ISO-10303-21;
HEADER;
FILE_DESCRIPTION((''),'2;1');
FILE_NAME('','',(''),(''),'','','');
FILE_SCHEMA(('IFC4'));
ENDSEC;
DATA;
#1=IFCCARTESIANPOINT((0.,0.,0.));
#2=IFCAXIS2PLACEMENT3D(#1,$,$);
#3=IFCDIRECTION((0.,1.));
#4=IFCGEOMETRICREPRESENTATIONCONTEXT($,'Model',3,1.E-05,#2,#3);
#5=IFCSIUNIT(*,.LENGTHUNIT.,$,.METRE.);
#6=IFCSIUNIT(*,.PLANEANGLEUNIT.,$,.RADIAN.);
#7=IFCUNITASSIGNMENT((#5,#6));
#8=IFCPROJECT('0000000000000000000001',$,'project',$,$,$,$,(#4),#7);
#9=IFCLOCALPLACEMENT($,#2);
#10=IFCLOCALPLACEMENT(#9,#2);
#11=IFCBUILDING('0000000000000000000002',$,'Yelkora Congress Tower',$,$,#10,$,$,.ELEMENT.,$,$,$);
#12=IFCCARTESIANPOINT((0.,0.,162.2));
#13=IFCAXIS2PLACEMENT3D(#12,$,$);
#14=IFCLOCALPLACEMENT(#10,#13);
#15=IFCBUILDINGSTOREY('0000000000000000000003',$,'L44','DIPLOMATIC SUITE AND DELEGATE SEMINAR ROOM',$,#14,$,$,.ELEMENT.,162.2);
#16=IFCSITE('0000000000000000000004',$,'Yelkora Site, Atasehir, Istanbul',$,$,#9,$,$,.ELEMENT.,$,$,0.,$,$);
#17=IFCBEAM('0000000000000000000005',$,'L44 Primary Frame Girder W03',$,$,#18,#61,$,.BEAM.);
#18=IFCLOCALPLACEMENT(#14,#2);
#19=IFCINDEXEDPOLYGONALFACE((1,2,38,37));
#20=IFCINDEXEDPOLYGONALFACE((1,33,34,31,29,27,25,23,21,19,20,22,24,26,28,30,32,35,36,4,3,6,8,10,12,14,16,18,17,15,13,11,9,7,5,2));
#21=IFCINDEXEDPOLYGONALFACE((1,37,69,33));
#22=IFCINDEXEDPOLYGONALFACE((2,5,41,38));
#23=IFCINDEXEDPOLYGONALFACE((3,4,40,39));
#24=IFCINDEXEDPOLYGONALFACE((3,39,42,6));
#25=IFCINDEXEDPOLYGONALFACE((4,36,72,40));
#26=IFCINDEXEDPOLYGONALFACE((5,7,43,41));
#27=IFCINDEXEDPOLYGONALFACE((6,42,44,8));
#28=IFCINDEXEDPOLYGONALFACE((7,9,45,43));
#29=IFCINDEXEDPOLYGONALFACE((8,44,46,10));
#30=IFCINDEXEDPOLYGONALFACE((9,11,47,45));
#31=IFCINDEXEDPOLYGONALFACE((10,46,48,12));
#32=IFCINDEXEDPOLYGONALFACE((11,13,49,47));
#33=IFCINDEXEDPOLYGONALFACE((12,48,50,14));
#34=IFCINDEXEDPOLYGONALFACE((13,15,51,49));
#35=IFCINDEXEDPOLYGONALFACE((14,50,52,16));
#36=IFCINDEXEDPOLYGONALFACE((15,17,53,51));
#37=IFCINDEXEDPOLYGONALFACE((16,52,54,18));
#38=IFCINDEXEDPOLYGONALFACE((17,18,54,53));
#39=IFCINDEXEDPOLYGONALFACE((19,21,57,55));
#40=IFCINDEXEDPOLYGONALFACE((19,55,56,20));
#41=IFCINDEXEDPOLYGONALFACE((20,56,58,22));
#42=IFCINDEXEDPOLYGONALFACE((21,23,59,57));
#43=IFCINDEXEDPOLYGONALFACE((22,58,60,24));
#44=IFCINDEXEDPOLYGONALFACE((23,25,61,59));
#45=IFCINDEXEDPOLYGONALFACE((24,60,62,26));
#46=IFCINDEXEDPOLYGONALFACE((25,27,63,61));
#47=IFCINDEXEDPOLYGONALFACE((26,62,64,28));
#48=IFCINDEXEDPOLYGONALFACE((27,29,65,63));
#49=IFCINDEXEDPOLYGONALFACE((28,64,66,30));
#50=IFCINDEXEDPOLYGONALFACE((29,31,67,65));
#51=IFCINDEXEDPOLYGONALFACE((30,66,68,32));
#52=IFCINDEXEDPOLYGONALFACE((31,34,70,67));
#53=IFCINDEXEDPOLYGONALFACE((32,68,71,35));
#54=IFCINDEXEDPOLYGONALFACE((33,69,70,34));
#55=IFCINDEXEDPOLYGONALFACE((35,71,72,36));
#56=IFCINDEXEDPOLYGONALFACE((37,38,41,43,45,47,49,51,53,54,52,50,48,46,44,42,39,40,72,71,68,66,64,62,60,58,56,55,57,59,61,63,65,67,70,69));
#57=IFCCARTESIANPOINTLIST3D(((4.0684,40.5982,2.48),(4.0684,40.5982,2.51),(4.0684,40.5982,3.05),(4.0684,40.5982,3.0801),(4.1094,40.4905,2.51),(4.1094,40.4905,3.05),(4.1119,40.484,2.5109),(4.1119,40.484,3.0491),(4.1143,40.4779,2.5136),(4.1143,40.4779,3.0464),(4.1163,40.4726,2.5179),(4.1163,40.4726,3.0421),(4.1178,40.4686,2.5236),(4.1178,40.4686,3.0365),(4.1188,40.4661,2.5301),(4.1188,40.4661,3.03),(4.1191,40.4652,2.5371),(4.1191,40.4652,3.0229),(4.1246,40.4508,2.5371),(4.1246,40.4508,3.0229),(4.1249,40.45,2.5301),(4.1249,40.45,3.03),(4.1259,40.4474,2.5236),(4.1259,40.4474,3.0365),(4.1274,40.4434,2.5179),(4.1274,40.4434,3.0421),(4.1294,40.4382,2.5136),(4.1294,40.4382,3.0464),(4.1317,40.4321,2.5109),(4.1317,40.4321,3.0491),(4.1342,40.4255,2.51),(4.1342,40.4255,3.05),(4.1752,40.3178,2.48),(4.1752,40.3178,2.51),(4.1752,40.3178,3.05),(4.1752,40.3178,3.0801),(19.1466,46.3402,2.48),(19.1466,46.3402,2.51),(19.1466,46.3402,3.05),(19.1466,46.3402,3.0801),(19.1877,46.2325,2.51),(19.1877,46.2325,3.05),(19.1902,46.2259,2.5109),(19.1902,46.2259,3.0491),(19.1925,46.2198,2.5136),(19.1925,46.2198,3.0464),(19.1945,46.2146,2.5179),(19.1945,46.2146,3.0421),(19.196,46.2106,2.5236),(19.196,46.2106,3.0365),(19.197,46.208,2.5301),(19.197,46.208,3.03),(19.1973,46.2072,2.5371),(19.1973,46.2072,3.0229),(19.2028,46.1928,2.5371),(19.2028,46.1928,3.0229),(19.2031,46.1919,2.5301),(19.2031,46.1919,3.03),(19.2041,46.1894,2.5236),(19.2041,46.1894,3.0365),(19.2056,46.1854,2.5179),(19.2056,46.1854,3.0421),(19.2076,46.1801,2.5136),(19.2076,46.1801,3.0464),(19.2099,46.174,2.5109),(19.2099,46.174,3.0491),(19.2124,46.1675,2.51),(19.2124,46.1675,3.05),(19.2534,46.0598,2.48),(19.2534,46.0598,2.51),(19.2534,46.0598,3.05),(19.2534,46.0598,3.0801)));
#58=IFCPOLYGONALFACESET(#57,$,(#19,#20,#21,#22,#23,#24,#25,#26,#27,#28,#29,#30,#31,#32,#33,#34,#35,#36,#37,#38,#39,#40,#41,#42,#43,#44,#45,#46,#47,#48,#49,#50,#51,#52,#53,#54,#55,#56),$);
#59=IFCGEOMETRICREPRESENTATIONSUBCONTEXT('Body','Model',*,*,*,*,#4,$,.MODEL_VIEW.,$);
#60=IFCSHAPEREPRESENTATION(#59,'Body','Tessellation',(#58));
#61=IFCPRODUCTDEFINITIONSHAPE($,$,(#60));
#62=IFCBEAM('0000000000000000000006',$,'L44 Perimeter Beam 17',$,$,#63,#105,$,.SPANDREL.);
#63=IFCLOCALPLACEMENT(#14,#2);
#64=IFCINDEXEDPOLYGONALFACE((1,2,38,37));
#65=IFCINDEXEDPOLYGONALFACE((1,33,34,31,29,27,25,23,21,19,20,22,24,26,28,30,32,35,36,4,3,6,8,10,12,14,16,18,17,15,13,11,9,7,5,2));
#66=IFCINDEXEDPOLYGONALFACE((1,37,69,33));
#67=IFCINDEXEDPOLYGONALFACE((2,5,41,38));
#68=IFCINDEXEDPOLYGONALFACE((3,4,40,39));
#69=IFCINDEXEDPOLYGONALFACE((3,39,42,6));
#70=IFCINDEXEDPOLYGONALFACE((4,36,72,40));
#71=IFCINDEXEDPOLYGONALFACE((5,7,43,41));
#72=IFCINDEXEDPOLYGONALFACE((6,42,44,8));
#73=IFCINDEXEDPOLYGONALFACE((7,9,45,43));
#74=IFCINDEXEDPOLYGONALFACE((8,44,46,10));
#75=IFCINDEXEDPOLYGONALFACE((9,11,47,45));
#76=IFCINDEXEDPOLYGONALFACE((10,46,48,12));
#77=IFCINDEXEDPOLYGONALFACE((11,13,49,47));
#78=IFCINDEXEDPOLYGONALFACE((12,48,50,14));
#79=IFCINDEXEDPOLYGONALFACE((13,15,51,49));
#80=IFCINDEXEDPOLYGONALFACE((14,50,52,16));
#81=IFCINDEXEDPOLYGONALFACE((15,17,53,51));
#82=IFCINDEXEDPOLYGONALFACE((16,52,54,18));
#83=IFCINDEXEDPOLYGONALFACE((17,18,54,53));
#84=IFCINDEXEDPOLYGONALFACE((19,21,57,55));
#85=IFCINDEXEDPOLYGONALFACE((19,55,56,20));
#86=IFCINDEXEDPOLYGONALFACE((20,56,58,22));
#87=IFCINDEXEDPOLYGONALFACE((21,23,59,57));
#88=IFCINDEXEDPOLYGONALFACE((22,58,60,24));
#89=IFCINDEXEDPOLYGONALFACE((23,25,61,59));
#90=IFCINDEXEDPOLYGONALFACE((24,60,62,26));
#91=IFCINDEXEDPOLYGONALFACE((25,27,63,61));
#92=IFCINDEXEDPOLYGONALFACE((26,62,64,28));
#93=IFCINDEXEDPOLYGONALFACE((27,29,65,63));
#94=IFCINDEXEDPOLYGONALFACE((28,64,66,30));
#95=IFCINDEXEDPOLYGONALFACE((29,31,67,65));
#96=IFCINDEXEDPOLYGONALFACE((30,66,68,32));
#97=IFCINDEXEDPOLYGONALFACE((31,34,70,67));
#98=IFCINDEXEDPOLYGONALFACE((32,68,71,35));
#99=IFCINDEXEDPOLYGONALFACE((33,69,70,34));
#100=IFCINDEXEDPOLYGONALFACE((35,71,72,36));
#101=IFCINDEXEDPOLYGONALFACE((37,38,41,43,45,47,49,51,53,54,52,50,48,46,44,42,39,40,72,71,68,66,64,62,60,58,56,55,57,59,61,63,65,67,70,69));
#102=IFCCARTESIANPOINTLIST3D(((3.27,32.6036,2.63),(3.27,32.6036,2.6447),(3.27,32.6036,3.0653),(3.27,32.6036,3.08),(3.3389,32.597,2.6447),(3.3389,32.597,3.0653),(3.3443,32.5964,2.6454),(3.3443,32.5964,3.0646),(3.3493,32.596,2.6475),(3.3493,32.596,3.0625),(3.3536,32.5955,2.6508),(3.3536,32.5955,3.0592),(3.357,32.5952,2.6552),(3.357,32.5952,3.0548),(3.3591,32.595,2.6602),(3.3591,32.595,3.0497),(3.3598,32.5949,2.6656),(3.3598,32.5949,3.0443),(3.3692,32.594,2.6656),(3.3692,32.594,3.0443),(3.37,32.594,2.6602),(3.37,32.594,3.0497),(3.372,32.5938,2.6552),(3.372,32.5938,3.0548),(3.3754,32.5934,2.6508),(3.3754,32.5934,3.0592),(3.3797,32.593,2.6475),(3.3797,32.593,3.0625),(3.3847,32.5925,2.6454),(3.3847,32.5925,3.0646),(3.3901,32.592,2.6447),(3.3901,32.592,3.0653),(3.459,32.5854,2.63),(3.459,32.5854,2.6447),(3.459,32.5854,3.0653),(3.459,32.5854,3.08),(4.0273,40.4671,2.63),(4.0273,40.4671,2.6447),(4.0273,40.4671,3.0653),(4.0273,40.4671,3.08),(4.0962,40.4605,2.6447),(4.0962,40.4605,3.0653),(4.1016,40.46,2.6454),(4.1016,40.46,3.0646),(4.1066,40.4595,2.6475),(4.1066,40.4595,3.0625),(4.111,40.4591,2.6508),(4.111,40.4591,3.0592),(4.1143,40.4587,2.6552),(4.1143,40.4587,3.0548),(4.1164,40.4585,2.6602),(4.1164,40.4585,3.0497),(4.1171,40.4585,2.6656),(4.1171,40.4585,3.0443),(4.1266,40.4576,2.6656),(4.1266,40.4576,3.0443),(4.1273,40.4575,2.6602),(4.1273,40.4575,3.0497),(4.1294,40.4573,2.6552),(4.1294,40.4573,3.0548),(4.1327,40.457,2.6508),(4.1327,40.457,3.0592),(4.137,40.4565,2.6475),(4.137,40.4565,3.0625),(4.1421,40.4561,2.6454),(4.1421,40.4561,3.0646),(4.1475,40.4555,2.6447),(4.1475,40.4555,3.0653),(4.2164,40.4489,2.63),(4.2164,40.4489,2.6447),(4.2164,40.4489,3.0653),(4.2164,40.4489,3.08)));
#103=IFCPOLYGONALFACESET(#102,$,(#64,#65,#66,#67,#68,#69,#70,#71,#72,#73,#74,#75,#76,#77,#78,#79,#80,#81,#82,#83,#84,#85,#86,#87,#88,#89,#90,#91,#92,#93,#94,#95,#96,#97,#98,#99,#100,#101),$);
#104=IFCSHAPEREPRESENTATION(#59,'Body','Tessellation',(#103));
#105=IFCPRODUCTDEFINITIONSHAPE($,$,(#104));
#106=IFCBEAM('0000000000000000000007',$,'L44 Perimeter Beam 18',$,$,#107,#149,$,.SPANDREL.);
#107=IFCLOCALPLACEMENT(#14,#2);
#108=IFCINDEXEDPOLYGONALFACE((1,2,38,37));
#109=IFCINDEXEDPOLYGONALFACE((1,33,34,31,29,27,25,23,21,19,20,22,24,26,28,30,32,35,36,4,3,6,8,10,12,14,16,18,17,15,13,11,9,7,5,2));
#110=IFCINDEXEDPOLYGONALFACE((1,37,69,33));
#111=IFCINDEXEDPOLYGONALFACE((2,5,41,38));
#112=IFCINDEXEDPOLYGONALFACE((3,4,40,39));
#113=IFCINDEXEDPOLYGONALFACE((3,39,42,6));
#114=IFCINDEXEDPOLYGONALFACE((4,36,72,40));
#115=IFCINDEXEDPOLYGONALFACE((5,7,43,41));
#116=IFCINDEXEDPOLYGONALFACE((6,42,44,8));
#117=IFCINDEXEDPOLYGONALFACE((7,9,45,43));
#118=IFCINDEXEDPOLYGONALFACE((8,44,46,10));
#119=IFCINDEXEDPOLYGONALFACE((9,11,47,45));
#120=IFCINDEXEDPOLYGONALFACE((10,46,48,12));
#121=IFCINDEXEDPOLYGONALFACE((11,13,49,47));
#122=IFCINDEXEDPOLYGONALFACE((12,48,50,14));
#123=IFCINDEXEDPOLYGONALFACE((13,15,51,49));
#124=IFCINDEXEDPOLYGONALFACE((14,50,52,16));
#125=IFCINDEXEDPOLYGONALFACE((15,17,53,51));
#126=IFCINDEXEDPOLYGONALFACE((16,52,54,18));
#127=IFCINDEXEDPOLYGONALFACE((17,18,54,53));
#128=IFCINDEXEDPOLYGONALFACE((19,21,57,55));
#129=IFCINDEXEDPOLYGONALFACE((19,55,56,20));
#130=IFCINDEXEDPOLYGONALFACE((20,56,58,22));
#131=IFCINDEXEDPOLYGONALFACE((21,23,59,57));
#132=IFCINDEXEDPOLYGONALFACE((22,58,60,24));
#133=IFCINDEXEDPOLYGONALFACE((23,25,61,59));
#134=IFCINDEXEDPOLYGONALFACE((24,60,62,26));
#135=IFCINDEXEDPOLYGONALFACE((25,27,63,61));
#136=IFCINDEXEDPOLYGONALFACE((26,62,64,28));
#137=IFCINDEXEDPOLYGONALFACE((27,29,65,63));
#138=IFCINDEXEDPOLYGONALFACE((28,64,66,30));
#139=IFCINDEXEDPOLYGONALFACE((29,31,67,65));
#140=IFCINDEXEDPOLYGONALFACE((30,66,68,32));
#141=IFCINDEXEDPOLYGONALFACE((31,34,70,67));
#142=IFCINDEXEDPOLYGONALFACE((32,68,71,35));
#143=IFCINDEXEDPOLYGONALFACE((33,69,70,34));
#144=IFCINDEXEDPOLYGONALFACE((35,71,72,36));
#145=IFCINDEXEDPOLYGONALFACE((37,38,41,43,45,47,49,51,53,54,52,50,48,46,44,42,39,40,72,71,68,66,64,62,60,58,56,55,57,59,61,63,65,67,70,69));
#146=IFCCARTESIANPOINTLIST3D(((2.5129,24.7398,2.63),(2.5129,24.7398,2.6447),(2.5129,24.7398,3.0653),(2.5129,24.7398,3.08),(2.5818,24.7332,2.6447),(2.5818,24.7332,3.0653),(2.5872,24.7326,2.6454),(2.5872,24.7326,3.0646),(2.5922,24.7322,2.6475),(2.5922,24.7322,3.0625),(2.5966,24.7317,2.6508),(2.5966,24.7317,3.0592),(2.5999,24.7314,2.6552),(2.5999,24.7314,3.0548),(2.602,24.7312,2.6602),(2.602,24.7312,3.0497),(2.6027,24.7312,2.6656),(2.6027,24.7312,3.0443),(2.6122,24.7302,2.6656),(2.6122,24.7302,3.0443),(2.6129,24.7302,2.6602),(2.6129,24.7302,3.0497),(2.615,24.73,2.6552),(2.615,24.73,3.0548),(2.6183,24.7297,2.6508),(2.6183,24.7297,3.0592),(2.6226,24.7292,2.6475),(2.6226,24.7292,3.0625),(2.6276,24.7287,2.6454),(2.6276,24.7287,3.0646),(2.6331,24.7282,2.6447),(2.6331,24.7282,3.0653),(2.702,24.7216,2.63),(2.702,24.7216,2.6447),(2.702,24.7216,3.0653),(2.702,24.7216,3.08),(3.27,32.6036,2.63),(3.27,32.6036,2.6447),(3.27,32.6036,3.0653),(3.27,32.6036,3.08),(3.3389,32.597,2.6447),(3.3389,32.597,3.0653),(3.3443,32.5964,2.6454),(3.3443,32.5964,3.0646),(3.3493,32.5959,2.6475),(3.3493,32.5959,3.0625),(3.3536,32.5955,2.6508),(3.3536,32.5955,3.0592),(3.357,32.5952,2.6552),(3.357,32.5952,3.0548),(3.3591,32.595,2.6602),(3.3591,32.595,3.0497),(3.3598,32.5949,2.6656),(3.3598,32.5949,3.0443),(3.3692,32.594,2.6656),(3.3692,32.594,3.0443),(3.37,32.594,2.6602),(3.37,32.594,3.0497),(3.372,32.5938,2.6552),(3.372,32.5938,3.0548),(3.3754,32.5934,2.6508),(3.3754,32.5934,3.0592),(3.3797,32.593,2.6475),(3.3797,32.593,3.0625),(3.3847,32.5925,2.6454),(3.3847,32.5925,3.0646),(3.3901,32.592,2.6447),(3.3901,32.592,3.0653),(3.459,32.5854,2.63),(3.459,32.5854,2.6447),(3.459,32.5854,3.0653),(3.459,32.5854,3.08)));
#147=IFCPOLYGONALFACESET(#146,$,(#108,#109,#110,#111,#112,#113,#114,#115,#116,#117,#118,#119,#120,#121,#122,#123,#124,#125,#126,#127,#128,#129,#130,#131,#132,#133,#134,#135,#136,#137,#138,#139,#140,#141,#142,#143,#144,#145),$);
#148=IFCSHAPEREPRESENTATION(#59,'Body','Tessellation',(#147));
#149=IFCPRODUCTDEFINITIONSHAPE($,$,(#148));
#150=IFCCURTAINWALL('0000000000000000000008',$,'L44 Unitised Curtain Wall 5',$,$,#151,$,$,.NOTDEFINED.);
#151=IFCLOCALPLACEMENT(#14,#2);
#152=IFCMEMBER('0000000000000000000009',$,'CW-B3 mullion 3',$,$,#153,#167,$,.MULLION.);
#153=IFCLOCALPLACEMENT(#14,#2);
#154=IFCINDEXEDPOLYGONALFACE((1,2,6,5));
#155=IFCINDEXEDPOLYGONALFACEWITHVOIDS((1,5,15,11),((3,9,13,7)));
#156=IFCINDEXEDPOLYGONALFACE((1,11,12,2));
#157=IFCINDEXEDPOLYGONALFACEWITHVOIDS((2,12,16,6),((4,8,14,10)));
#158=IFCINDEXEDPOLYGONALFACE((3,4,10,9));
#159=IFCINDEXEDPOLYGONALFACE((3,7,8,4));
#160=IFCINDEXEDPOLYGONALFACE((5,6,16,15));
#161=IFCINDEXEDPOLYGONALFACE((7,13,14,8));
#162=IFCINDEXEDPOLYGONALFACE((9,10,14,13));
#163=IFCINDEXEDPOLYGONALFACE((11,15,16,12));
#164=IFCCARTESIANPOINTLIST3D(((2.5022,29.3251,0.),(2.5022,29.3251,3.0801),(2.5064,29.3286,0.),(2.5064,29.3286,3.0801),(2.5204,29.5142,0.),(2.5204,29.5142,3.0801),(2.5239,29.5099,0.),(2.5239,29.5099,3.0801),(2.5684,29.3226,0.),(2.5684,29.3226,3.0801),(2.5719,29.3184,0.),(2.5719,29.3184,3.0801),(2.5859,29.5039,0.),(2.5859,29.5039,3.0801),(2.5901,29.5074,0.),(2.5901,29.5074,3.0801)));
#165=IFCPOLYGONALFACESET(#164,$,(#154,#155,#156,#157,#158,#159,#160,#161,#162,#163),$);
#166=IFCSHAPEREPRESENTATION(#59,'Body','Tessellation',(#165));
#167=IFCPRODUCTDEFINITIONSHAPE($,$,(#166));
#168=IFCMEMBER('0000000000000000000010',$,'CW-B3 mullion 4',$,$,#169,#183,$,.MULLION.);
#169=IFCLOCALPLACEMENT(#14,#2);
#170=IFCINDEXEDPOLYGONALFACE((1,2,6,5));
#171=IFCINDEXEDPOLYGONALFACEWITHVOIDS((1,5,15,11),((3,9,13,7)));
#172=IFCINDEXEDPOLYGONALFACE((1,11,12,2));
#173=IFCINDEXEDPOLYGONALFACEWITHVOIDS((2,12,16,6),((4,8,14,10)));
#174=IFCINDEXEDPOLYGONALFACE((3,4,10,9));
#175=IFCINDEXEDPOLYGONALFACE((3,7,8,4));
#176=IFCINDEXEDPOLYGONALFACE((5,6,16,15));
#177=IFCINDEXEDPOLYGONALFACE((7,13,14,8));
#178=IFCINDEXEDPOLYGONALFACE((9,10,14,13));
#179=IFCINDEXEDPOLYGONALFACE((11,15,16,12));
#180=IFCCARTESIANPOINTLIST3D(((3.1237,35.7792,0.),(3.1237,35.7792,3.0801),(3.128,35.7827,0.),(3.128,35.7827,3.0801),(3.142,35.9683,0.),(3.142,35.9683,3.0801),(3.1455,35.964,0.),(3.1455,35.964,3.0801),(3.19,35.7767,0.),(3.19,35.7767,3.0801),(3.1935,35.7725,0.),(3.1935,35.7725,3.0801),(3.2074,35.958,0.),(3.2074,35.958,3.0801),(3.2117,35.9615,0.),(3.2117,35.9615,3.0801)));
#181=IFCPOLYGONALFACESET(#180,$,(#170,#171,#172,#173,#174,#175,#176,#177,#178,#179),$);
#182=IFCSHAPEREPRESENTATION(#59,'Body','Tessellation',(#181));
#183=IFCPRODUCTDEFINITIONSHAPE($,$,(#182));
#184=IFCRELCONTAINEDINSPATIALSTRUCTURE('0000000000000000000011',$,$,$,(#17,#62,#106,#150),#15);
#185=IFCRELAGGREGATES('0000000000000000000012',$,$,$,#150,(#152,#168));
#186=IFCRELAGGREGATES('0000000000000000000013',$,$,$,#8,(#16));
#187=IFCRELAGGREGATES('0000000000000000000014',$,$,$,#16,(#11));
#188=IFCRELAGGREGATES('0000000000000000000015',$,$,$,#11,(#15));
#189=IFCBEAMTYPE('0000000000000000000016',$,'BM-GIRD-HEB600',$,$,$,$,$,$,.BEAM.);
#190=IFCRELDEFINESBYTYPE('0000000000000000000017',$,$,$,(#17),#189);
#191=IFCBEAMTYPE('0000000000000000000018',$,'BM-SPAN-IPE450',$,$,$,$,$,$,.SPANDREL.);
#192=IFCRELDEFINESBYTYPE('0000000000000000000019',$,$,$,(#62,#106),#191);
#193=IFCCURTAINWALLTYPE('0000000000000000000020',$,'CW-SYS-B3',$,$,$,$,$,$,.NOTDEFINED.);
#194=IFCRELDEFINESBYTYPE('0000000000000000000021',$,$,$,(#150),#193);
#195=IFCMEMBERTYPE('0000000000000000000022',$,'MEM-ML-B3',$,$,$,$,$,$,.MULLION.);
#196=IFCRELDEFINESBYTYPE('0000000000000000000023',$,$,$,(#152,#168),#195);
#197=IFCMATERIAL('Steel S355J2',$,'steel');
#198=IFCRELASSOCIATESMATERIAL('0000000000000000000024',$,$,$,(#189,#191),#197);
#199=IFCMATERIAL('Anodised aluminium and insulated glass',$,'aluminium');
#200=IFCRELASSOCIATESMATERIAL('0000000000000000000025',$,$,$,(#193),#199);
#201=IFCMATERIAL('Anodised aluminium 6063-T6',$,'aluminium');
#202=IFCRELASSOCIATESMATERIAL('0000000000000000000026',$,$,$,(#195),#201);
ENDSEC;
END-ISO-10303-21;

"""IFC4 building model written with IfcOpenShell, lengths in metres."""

from ifc_helpers import new_model, si_unit, direction, frame, origin, origin_2d, place, context, subcontext, project, spatial, hollow_rectangle, i_section, extrude, material, material_profile, profile_set, type_object, element, aggregate, save


model = new_model("IFC4")

# Units and contexts
model_context = context("Model", 3, precision=1e-05, world=origin(), true_north=direction((0.0, 1.0)))
body_context = subcontext(model_context, "Body", "Model", "MODEL_VIEW")
ifc_project = project(units=[si_unit("LENGTHUNIT", "METRE"), si_unit("PLANEANGLEUNIT", "RADIAN")], contexts=[model_context])

# Site, building, storey
site_placement = place(None, origin())
site = spatial("IfcSite", under=ifc_project, at=site_placement, Name="Yelkora Site, Atasehir, Istanbul", CompositionType="ELEMENT", RefElevation=0.0)
building_placement = place(site_placement, origin())
building = spatial("IfcBuilding", under=site, at=building_placement, Name="Yelkora Congress Tower", CompositionType="ELEMENT")
storey_placement = place(building_placement, frame((0.0, 0.0, 162.2)))
storey = spatial("IfcBuildingStorey", under=building, at=storey_placement, Name="L44", Description="DIPLOMATIC SUITE AND DELEGATE SEMINAR ROOM", CompositionType="ELEMENT", Elevation=162.2)

# Beams
ifc_material_1 = material(Name="Steel S355J2", Category="steel")
ifc_material_profile_1 = material_profile(ifc_material_1, i_section(OverallWidth=0.3, OverallDepth=0.6001, WebThickness=0.0154, FlangeThickness=0.03, FilletRadius=0.0271, at=origin_2d()), Name="HEB 600")
ifc_profile_set_1 = profile_set([ifc_material_profile_1], Name="Steel S355J2")
beam_type_1 = type_object("IfcBeamType", Name="BM-GIRD-HEB600", PredefinedType="BEAM", material=ifc_profile_set_1)
beam_1_placement = place(storey_placement, frame((4.1218, 40.458, 2.78), z_axis=(0.934531, 0.355881, 0.0), x_axis=(-0.355881, 0.934531, 0.0)))
element("IfcBeam", 1, at=beam_1_placement, inside=storey, type_object=beam_type_1, Name="L44 Primary Frame Girder W03", PredefinedType="BEAM", context=body_context, shape_type="SweptSolid", body=[
    extrude(i_section(OverallWidth=0.3, OverallDepth=0.6001, WebThickness=0.0154, FlangeThickness=0.03, FilletRadius=0.0271, at=origin_2d()), origin(), (0.0, 0.0, 1.0), 16.1345),
])
ifc_material_profile_2 = material_profile(ifc_material_1, i_section(OverallWidth=0.1899, OverallDepth=0.45, WebThickness=0.0095, FlangeThickness=0.0146, FilletRadius=0.021, at=origin_2d()), Name="IPE 450")
ifc_profile_set_2 = profile_set([ifc_material_profile_2], Name="Steel S355J2")
beam_type_2 = type_object("IfcBeamType", Name="BM-SPAN-IPE450", PredefinedType="SPANDREL", material=ifc_profile_set_2)
beam_2_placement = place(storey_placement, frame((4.1218, 40.458, 2.855), z_axis=(-0.095865, -0.995394, 0.0), x_axis=(0.995394, -0.095865, 0.0)))
element("IfcBeam", 2, at=beam_2_placement, inside=storey, type_object=beam_type_2, Name="L44 Perimeter Beam 17", PredefinedType="SPANDREL", context=body_context, shape_type="SweptSolid", body=[
    extrude(i_section(OverallWidth=0.1899, OverallDepth=0.45, WebThickness=0.0095, FlangeThickness=0.0146, FilletRadius=0.021, at=origin_2d()), origin(), (0.0, 0.0, 1.0), 7.8999),
])
beam_3_placement = place(storey_placement, frame((3.3645, 32.5945, 2.855), z_axis=(-0.095831, -0.995398, 0.0), x_axis=(0.995398, -0.095831, 0.0)))
element("IfcBeam", 3, at=beam_3_placement, inside=storey, type_object=beam_type_2, Name="L44 Perimeter Beam 18", PredefinedType="SPANDREL", context=body_context, shape_type="SweptSolid", body=[
    extrude(i_section(OverallWidth=0.1899, OverallDepth=0.45, WebThickness=0.0095, FlangeThickness=0.0146, FilletRadius=0.021, at=origin_2d()), origin(), (0.0, 0.0, 1.0), 7.9001),
])

# Curtain wall, members
ifc_material_2 = material(Name="Anodised aluminium and insulated glass", Category="aluminium")
curtain_wall_type = type_object("IfcCurtainWallType", Name="CW-SYS-B3", PredefinedType="NOTDEFINED", material=ifc_material_2)
curtain_wall_placement = place(storey_placement, origin())
curtain_wall = element("IfcCurtainWall", 4, at=curtain_wall_placement, inside=storey, type_object=curtain_wall_type, Name="L44 Unitised Curtain Wall 5", PredefinedType="NOTDEFINED")
ifc_material_3 = material(Name="Anodised aluminium 6063-T6", Category="aluminium")
ifc_material_profile_3 = material_profile(ifc_material_3, hollow_rectangle(XDim=0.0701, YDim=0.1899, WallThickness=0.0039, at=origin_2d()), Name="ALU 70x190x4")
ifc_profile_set_3 = profile_set([ifc_material_profile_3], Name="Anodised aluminium 6063-T6")
member_type_1 = type_object("IfcMemberType", Name="MEM-ML-B3", PredefinedType="MULLION", material=ifc_profile_set_3)
member_1_placement = place(storey_placement, frame((2.5461, 29.4163, 0.0), z_axis=(0.0, 0.0, 1.0), x_axis=(-0.995396, 0.095845, 0.0)))
member_1 = element("IfcMember", 5, at=member_1_placement, type_object=member_type_1, Name="CW-B3 mullion 3", PredefinedType="MULLION", context=body_context, shape_type="SweptSolid", body=[
    extrude(hollow_rectangle(XDim=0.0701, YDim=0.1899, WallThickness=0.0039, at=origin_2d()), origin(), (0.0, 0.0, 1.0), 3.0801),
])
member_2_placement = place(storey_placement, frame((3.1677, 35.8704, 0.0), z_axis=(0.0, 0.0, 1.0), x_axis=(-0.995396, 0.095845, 0.0)))
member_2 = element("IfcMember", 6, at=member_2_placement, type_object=member_type_1, Name="CW-B3 mullion 4", PredefinedType="MULLION", context=body_context, shape_type="SweptSolid", body=[
    extrude(hollow_rectangle(XDim=0.0701, YDim=0.1899, WallThickness=0.0039, at=origin_2d()), origin(), (0.0, 0.0, 1.0), 3.0801),
])
aggregate(curtain_wall, [member_1, member_2])

save(model, "model.ifc")
